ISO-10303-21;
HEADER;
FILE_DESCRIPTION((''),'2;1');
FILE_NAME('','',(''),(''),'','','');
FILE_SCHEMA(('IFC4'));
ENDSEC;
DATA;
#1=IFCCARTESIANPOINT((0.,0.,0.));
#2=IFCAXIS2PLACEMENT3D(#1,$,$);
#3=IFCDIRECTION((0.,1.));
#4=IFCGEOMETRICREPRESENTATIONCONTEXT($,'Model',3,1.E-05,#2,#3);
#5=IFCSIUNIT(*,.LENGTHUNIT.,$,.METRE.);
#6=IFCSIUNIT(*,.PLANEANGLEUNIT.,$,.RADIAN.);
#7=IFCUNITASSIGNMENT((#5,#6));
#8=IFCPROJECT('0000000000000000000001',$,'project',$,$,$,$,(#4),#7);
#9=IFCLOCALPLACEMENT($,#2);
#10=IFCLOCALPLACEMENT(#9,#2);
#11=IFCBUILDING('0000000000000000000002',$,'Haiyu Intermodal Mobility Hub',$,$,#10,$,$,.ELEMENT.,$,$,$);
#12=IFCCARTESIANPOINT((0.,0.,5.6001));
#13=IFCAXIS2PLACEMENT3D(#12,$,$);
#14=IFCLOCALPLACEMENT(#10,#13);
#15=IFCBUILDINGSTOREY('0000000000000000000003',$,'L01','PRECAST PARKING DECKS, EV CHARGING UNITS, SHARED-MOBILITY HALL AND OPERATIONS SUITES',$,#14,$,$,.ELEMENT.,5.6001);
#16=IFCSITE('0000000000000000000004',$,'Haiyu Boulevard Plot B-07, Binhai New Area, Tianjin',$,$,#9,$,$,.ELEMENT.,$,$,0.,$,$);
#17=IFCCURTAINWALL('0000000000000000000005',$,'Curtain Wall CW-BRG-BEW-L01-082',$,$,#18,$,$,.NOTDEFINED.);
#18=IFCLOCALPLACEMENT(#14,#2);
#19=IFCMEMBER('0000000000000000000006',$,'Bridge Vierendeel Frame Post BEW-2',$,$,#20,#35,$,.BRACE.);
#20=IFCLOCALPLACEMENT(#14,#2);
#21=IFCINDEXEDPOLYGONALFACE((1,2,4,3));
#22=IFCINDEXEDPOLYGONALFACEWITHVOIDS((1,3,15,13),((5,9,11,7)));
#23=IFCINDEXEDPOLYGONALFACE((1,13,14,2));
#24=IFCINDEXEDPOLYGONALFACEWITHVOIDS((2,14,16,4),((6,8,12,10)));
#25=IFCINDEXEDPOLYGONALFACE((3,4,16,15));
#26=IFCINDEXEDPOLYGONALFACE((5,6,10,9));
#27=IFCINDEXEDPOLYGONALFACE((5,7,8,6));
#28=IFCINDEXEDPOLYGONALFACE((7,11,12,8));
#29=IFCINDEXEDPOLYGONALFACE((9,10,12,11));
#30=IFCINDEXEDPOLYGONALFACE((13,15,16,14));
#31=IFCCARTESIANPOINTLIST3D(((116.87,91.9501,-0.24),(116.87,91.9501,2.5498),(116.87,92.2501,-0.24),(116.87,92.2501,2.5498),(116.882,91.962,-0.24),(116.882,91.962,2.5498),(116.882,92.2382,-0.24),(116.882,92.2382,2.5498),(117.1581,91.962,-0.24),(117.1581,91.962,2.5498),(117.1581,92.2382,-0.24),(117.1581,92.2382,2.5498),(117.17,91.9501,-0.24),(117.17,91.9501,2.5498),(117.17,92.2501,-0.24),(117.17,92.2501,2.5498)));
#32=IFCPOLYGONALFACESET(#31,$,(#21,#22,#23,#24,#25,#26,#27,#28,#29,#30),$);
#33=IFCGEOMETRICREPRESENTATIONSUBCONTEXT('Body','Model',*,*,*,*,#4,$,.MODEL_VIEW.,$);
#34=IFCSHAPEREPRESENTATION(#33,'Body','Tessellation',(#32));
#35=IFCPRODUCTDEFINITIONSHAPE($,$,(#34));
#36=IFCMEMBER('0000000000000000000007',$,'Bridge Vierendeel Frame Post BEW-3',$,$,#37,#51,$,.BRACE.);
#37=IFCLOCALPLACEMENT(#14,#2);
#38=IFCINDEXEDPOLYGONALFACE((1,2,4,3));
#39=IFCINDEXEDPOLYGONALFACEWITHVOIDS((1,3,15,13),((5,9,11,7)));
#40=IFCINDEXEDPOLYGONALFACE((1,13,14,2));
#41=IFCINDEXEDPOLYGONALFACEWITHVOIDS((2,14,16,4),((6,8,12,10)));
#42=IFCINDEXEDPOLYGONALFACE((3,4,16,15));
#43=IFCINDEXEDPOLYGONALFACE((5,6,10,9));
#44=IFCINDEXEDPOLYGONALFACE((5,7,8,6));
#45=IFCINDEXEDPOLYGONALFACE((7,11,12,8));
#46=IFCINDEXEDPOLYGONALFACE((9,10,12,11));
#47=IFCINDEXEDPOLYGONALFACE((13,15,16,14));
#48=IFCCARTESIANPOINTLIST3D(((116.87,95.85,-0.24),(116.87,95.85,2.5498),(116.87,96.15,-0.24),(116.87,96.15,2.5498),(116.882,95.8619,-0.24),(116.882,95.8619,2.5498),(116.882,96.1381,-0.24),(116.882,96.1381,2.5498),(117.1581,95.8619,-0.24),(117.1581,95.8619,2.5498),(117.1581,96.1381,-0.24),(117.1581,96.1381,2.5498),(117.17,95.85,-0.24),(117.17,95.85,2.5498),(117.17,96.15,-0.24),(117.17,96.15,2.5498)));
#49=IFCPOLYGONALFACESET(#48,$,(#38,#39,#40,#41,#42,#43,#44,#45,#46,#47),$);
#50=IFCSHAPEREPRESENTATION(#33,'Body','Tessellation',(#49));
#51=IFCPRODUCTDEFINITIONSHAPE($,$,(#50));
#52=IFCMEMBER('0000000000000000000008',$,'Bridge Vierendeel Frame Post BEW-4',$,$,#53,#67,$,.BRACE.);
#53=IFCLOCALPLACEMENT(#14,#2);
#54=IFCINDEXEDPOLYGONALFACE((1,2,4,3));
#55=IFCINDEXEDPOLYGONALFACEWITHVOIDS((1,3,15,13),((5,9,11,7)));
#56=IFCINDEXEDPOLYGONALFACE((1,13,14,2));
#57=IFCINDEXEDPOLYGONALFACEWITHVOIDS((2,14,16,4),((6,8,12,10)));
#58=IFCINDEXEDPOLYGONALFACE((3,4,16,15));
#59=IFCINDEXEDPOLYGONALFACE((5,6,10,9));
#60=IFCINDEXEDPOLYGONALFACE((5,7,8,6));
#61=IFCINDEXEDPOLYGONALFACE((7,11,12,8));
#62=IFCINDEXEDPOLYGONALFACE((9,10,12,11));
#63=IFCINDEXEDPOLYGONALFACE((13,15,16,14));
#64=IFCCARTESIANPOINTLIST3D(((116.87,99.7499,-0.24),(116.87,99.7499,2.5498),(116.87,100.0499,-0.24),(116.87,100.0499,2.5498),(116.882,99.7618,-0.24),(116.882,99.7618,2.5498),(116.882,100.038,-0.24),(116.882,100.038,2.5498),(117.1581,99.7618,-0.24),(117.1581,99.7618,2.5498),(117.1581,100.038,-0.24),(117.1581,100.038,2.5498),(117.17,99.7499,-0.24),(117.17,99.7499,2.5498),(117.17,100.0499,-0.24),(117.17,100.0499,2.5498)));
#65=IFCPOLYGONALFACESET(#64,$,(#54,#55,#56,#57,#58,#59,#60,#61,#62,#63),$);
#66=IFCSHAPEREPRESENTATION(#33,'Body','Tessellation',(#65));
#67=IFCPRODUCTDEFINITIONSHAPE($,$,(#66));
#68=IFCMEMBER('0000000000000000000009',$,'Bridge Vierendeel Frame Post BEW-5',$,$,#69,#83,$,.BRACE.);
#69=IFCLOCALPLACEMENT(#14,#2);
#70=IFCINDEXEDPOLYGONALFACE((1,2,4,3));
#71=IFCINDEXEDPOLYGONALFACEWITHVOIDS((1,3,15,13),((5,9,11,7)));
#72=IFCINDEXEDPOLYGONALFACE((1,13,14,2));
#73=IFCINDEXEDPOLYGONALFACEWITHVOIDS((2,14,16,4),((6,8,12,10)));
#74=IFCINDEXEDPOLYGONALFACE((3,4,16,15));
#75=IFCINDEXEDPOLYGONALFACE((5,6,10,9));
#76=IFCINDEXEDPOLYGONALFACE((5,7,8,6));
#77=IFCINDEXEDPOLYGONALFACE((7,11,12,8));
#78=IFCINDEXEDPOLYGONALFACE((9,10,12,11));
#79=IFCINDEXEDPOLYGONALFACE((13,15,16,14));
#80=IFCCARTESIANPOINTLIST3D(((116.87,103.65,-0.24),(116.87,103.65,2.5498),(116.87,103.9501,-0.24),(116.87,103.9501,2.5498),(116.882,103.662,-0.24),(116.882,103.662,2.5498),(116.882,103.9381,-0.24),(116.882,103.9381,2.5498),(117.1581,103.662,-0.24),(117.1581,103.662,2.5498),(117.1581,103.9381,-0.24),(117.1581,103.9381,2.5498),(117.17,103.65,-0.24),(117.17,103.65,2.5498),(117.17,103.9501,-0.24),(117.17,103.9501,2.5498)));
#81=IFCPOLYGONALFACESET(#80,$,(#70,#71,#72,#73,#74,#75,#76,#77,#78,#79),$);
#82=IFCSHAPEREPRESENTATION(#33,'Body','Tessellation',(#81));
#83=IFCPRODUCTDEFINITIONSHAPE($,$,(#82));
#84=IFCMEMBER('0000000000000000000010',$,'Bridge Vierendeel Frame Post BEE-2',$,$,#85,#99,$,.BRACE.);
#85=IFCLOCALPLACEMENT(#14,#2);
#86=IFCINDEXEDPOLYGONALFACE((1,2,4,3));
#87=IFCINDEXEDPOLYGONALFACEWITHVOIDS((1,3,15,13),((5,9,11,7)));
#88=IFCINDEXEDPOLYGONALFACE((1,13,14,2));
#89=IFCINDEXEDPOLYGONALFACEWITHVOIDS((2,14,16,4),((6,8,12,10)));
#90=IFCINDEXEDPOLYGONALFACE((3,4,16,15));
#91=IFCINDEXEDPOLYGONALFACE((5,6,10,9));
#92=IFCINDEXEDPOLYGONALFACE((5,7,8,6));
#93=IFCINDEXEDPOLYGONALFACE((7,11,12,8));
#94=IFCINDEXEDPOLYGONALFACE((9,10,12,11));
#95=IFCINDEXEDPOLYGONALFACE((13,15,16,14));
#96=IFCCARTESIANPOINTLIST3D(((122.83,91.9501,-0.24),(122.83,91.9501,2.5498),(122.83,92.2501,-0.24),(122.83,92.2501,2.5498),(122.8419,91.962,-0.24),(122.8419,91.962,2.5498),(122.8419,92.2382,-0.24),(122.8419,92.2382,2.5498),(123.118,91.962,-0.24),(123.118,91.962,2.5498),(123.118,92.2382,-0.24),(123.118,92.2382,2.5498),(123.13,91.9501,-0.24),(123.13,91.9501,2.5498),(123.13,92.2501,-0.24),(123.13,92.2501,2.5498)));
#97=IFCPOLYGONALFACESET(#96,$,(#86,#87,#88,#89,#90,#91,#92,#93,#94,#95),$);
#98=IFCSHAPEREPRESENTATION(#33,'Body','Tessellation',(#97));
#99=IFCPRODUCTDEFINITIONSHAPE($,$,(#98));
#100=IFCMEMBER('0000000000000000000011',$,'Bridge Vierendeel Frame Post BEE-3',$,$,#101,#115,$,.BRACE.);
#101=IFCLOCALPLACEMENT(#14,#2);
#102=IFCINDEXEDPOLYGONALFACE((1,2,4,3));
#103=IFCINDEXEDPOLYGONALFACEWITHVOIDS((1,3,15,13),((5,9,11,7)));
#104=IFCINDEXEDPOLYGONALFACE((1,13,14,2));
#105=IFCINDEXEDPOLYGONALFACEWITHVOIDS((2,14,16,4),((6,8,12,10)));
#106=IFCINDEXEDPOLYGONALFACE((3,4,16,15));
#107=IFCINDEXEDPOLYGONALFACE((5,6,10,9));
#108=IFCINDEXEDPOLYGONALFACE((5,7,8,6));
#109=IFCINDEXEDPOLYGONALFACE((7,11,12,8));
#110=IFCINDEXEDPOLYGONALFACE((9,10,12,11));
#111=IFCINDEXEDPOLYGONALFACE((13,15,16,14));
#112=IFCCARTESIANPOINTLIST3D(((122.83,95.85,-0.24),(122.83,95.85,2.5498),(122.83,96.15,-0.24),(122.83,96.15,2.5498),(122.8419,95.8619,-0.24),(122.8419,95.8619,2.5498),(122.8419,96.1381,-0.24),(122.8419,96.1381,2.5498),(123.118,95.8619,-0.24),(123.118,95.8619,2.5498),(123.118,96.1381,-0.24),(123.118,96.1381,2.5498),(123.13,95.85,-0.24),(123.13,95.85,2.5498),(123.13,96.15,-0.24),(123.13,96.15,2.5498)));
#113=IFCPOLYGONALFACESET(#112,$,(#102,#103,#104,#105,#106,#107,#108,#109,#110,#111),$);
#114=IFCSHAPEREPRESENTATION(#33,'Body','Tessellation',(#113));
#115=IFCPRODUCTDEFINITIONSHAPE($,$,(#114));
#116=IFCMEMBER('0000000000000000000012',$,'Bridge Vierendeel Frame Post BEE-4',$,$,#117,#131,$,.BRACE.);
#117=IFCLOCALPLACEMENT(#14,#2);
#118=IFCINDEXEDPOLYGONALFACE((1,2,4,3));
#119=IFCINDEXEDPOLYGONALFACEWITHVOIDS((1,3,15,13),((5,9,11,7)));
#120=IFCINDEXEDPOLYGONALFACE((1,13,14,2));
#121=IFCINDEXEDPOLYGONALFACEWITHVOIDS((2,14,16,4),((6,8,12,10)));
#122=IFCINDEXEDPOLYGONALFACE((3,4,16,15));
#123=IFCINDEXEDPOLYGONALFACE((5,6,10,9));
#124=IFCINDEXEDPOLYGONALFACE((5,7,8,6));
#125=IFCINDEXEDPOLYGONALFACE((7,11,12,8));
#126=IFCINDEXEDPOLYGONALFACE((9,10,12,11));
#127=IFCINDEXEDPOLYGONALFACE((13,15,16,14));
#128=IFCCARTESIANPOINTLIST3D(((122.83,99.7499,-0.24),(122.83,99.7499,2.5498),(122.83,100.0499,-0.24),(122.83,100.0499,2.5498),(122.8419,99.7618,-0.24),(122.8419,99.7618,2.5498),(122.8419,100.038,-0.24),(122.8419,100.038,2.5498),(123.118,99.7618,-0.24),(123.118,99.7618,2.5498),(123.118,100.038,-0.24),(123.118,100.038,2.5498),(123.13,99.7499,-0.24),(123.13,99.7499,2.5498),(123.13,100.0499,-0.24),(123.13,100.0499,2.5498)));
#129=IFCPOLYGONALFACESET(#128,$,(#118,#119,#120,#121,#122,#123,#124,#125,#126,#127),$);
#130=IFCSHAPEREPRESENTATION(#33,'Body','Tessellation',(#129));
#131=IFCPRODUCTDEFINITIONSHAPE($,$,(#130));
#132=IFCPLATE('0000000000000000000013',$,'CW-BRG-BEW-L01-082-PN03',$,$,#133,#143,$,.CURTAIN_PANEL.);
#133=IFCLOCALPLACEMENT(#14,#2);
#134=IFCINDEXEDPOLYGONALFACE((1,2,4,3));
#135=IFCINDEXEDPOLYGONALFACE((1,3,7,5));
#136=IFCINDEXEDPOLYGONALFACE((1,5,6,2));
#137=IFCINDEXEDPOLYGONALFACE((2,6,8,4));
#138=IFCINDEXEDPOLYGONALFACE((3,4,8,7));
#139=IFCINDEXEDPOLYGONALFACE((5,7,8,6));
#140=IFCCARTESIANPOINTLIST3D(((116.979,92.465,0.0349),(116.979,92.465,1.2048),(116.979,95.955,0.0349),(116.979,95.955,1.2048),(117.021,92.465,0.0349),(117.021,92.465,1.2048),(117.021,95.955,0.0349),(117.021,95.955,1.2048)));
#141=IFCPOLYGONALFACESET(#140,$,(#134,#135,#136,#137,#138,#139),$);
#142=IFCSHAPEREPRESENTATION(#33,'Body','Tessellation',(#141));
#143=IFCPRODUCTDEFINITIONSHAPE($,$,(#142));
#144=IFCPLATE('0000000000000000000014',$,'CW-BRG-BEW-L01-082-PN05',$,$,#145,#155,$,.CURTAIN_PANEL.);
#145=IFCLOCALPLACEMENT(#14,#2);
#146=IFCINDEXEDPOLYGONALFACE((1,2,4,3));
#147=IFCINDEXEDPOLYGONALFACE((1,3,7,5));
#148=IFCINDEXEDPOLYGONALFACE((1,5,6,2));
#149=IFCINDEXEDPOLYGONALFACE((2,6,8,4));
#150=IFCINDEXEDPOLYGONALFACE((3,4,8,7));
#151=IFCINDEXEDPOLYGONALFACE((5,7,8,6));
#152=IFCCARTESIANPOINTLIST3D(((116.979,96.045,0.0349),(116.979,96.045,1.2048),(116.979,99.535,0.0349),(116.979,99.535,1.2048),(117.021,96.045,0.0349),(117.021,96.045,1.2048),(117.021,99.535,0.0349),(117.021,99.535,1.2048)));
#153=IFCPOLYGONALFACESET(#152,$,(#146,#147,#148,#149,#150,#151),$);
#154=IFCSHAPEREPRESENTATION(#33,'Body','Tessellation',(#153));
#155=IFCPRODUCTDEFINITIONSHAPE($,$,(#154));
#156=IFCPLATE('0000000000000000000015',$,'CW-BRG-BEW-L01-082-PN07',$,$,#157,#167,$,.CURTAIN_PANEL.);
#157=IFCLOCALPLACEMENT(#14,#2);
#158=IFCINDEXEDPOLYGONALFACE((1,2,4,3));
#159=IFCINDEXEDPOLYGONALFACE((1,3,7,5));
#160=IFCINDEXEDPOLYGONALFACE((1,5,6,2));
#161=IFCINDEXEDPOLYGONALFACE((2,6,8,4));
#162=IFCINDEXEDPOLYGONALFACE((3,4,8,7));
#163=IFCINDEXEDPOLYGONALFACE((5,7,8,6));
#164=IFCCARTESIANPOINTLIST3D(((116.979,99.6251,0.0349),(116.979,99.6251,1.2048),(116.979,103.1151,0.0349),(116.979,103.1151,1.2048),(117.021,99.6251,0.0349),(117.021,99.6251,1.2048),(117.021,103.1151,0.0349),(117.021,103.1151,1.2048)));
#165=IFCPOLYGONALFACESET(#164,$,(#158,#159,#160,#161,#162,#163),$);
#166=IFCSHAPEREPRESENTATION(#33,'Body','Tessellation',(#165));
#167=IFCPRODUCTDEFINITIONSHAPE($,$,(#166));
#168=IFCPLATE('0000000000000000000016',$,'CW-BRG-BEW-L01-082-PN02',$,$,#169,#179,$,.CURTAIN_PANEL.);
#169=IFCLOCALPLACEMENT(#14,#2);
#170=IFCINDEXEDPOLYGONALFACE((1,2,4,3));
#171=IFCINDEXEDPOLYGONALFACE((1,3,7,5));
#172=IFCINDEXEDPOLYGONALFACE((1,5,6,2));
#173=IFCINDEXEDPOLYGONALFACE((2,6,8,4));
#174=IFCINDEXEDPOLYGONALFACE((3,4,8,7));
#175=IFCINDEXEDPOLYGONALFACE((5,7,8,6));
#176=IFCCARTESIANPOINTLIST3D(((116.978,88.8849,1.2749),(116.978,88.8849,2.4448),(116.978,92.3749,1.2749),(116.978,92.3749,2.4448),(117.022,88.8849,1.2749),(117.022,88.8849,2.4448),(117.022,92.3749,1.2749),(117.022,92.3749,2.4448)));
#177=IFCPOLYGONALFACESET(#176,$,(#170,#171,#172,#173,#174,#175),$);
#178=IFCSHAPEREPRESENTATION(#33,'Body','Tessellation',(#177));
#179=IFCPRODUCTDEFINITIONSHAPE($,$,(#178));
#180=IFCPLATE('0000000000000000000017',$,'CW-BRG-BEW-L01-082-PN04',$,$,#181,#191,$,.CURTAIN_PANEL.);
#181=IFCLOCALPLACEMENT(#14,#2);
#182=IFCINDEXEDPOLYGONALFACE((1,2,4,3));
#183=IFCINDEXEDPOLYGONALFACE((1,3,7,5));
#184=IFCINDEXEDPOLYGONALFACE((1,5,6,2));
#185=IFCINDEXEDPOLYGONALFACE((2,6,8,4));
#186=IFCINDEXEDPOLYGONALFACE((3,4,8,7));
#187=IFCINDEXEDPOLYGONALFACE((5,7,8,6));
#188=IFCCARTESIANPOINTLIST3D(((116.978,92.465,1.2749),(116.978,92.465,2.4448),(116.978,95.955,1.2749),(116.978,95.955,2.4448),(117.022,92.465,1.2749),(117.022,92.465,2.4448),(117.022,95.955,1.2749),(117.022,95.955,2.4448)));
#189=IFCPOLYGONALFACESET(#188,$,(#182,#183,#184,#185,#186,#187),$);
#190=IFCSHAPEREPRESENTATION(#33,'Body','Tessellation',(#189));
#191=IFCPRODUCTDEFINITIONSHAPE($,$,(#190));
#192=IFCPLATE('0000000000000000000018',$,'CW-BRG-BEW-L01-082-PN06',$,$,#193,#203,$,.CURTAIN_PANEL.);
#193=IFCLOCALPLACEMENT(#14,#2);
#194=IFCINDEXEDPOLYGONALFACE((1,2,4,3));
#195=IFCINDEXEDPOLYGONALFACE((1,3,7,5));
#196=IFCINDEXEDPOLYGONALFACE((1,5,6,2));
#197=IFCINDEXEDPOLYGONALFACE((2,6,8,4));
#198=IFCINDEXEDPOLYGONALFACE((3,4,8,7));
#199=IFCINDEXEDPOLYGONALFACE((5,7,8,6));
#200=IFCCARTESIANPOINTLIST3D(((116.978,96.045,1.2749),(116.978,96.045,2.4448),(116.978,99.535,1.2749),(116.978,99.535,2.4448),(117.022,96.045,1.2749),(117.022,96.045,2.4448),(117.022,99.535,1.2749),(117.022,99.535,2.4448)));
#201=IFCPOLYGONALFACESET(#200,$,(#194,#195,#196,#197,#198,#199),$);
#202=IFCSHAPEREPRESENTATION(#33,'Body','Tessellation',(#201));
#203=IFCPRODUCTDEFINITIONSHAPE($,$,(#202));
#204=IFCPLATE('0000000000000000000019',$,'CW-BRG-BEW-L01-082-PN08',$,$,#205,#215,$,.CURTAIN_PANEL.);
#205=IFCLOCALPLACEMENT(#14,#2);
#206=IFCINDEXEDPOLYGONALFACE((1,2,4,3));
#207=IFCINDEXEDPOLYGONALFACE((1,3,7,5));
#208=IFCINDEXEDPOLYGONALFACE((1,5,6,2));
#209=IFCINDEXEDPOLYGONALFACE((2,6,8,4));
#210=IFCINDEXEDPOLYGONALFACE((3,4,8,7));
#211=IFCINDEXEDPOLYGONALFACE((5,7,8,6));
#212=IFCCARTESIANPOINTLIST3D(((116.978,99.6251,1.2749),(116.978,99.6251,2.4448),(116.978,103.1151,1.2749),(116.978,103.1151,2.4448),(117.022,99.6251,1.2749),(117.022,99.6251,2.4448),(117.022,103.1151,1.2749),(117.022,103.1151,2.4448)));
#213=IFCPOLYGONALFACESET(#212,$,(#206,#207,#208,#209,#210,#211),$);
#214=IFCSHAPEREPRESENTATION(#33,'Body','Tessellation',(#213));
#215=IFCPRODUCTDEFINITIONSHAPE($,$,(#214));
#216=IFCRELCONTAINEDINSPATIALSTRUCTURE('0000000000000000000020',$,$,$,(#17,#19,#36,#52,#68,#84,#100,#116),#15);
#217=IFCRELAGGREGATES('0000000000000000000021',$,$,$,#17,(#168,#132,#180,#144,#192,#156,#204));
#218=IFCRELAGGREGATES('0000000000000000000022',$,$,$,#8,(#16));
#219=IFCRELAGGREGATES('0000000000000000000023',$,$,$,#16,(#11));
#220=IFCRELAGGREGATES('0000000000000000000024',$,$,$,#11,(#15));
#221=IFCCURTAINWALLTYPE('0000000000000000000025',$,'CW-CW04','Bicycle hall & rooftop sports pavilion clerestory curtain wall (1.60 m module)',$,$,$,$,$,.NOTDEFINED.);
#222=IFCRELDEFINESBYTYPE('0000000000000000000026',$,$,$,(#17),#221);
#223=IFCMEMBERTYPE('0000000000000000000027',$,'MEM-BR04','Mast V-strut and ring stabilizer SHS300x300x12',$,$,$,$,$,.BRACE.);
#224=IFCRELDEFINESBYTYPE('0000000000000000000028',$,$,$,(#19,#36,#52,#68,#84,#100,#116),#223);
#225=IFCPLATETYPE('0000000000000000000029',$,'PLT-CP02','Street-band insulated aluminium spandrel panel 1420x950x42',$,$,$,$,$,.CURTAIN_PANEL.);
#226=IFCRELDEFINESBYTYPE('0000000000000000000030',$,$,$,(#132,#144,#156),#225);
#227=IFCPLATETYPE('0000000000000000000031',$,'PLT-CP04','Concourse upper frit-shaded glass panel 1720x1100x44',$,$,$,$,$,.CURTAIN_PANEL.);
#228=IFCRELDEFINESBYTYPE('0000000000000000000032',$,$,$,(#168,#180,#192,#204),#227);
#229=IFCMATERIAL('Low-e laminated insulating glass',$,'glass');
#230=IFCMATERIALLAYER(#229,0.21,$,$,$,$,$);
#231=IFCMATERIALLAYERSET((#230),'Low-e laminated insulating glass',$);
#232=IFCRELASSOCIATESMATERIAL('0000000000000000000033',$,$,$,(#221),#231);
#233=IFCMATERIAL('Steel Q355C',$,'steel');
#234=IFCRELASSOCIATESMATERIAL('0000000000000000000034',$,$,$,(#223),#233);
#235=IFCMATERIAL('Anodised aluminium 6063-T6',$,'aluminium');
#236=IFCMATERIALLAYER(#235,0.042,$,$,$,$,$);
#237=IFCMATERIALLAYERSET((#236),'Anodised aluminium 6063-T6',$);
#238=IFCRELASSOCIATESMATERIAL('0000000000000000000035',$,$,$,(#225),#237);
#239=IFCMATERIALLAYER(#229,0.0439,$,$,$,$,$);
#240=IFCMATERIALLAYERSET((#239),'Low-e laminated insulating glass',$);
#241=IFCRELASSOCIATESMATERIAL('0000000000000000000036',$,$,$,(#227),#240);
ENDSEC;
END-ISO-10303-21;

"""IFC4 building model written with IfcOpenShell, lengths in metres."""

from ifc_helpers import new_model, si_unit, direction, frame, origin, origin_2d, place, context, subcontext, project, spatial, rectangle, hollow_rectangle, extrude, material, layer, layer_set, material_profile, profile_set, type_object, element, aggregate, save


model = new_model("IFC4")

# Units and contexts
model_context = context("Model", 3, precision=1e-05, world=origin(), true_north=direction((0.0, 1.0)))
body_context = subcontext(model_context, "Body", "Model", "MODEL_VIEW")
ifc_project = project(units=[si_unit("LENGTHUNIT", "METRE"), si_unit("PLANEANGLEUNIT", "RADIAN")], contexts=[model_context])

# Site, building, storey
site_placement = place(None, origin())
site = spatial("IfcSite", under=ifc_project, at=site_placement, Name="Haiyu Boulevard Plot B-07, Binhai New Area, Tianjin", CompositionType="ELEMENT", RefElevation=0.0)
building_placement = place(site_placement, origin())
building = spatial("IfcBuilding", under=site, at=building_placement, Name="Haiyu Intermodal Mobility Hub", CompositionType="ELEMENT")
storey_placement = place(building_placement, frame((0.0, 0.0, 5.6001)))
storey = spatial("IfcBuildingStorey", under=building, at=storey_placement, Name="L01", Description="PRECAST PARKING DECKS, EV CHARGING UNITS, SHARED-MOBILITY HALL AND OPERATIONS SUITES", CompositionType="ELEMENT", Elevation=5.6001)

# Shared definitions
ifc_material_1 = material(Name="Steel Q355C", Category="steel")

# Curtain wall
ifc_material_2 = material(Name="Low-e laminated insulating glass", Category="glass")
ifc_layer_1 = layer(ifc_material_2, 0.21)
ifc_layer_set_1 = layer_set([ifc_layer_1], Name="Low-e laminated insulating glass")
curtain_wall_type = type_object("IfcCurtainWallType", Name="CW-CW04", Description="Bicycle hall & rooftop sports pavilion clerestory curtain wall (1.60 m module)", PredefinedType="NOTDEFINED", material=ifc_layer_set_1)
curtain_wall_placement = place(storey_placement, origin())
curtain_wall = element("IfcCurtainWall", 1, at=curtain_wall_placement, inside=storey, type_object=curtain_wall_type, Name="Curtain Wall CW-BRG-BEW-L01-082", PredefinedType="NOTDEFINED")
ifc_material_3 = material(Name="Anodised aluminium 6063-T6", Category="aluminium")

# Members
ifc_material_profile_1 = material_profile(ifc_material_1, hollow_rectangle(XDim=0.3, YDim=0.3, WallThickness=0.012, at=origin_2d()), Name="SHS300x300x12")
ifc_profile_set_1 = profile_set([ifc_material_profile_1], Name="Steel Q355C")
member_type_1 = type_object("IfcMemberType", Name="MEM-BR04", Description="Mast V-strut and ring stabilizer SHS300x300x12", PredefinedType="BRACE", material=ifc_profile_set_1)
for number, where, z_axis, x_axis, name in (
    (2, (117.02, 92.1001, -0.24), (0.0, 0.0, 1.0), (1.0, 0.0, 0.0), "Bridge Vierendeel Frame Post BEW-2"),
    (3, (117.02, 96.0, -0.24), (0.0, 0.0, 1.0), (1.0, 0.0, 0.0), "Bridge Vierendeel Frame Post BEW-3"),
    (4, (117.02, 99.8999, -0.24), (0.0, 0.0, 1.0), (1.0, 0.0, 0.0), "Bridge Vierendeel Frame Post BEW-4"),
    (5, (117.02, 103.8, -0.24), (0.0, 0.0, 1.0), (1.0, 0.0, 0.0), "Bridge Vierendeel Frame Post BEW-5"),
    (6, (122.98, 92.1001, -0.24), (0.0, 0.0, 1.0), (1.0, 0.0, 0.0), "Bridge Vierendeel Frame Post BEE-2"),
    (7, (122.98, 96.0, -0.24), (0.0, 0.0, 1.0), (1.0, 0.0, 0.0), "Bridge Vierendeel Frame Post BEE-3"),
    (8, (122.98, 99.8999, -0.24), (0.0, 0.0, 1.0), (1.0, 0.0, 0.0), "Bridge Vierendeel Frame Post BEE-4"),
):
    element("IfcMember", number, at=place(storey_placement, frame(where, z_axis=z_axis, x_axis=x_axis)), inside=storey, type_object=member_type_1, Name=name, PredefinedType="BRACE", context=body_context, shape_type="SweptSolid", body=[
        extrude(hollow_rectangle(XDim=0.3, YDim=0.3, WallThickness=0.012, at=origin_2d()), origin(), (0.0, 0.0, 1.0), 2.7898),
    ])

# Plates
ifc_layer_2 = layer(ifc_material_3, 0.042)
ifc_layer_set_2 = layer_set([ifc_layer_2], Name="Anodised aluminium 6063-T6")
plate_type_1 = type_object("IfcPlateType", Name="PLT-CP02", Description="Street-band insulated aluminium spandrel panel 1420x950x42", PredefinedType="CURTAIN_PANEL", material=ifc_layer_set_2)
plate_1_placement = place(storey_placement, frame((117.0, 94.21, 0.0349), z_axis=(0.0, 0.0, 1.0), x_axis=(0.0, 1.0, 0.0)))
plate_1 = element("IfcPlate", 9, at=plate_1_placement, type_object=plate_type_1, Name="CW-BRG-BEW-L01-082-PN03", PredefinedType="CURTAIN_PANEL", context=body_context, shape_type="SweptSolid", body=[
    extrude(rectangle(XDim=3.49, YDim=0.042, at=origin_2d()), origin(), (0.0, 0.0, 1.0), 1.1699),
])
plate_2_placement = place(storey_placement, frame((117.0, 97.79, 0.0349), z_axis=(0.0, 0.0, 1.0), x_axis=(0.0, 1.0, 0.0)))
plate_2 = element("IfcPlate", 10, at=plate_2_placement, type_object=plate_type_1, Name="CW-BRG-BEW-L01-082-PN05", PredefinedType="CURTAIN_PANEL", context=body_context, shape_type="SweptSolid", body=[
    extrude(rectangle(XDim=3.49, YDim=0.042, at=origin_2d()), origin(), (0.0, 0.0, 1.0), 1.1699),
])
plate_3_placement = place(storey_placement, frame((117.0, 101.3701, 0.0349), z_axis=(0.0, 0.0, 1.0), x_axis=(0.0, 1.0, 0.0)))
plate_3 = element("IfcPlate", 11, at=plate_3_placement, type_object=plate_type_1, Name="CW-BRG-BEW-L01-082-PN07", PredefinedType="CURTAIN_PANEL", context=body_context, shape_type="SweptSolid", body=[
    extrude(rectangle(XDim=3.49, YDim=0.042, at=origin_2d()), origin(), (0.0, 0.0, 1.0), 1.1699),
])
ifc_layer_3 = layer(ifc_material_2, 0.0439)
ifc_layer_set_3 = layer_set([ifc_layer_3], Name="Low-e laminated insulating glass")
plate_type_2 = type_object("IfcPlateType", Name="PLT-CP04", Description="Concourse upper frit-shaded glass panel 1720x1100x44", PredefinedType="CURTAIN_PANEL", material=ifc_layer_set_3)
plate_4_placement = place(storey_placement, frame((117.0, 90.6299, 1.2749), z_axis=(0.0, 0.0, 1.0), x_axis=(0.0, 1.0, 0.0)))
plate_4 = element("IfcPlate", 12, at=plate_4_placement, type_object=plate_type_2, Name="CW-BRG-BEW-L01-082-PN02", PredefinedType="CURTAIN_PANEL", context=body_context, shape_type="SweptSolid", body=[
    extrude(rectangle(XDim=3.49, YDim=0.0439, at=origin_2d()), origin(), (0.0, 0.0, 1.0), 1.1699),
])
plate_5_placement = place(storey_placement, frame((117.0, 94.21, 1.2749), z_axis=(0.0, 0.0, 1.0), x_axis=(0.0, 1.0, 0.0)))
plate_5 = element("IfcPlate", 13, at=plate_5_placement, type_object=plate_type_2, Name="CW-BRG-BEW-L01-082-PN04", PredefinedType="CURTAIN_PANEL", context=body_context, shape_type="SweptSolid", body=[
    extrude(rectangle(XDim=3.49, YDim=0.0439, at=origin_2d()), origin(), (0.0, 0.0, 1.0), 1.1699),
])
plate_6_placement = place(storey_placement, frame((117.0, 97.79, 1.2749), z_axis=(0.0, 0.0, 1.0), x_axis=(0.0, 1.0, 0.0)))
plate_6 = element("IfcPlate", 14, at=plate_6_placement, type_object=plate_type_2, Name="CW-BRG-BEW-L01-082-PN06", PredefinedType="CURTAIN_PANEL", context=body_context, shape_type="SweptSolid", body=[
    extrude(rectangle(XDim=3.49, YDim=0.0439, at=origin_2d()), origin(), (0.0, 0.0, 1.0), 1.1699),
])
plate_7_placement = place(storey_placement, frame((117.0, 101.3701, 1.2749), z_axis=(0.0, 0.0, 1.0), x_axis=(0.0, 1.0, 0.0)))
plate_7 = element("IfcPlate", 15, at=plate_7_placement, type_object=plate_type_2, Name="CW-BRG-BEW-L01-082-PN08", PredefinedType="CURTAIN_PANEL", context=body_context, shape_type="SweptSolid", body=[
    extrude(rectangle(XDim=3.49, YDim=0.0439, at=origin_2d()), origin(), (0.0, 0.0, 1.0), 1.1699),
])
aggregate(curtain_wall, [plate_4, plate_1, plate_5, plate_2, plate_6, plate_3, plate_7])

save(model, "model.ifc")
